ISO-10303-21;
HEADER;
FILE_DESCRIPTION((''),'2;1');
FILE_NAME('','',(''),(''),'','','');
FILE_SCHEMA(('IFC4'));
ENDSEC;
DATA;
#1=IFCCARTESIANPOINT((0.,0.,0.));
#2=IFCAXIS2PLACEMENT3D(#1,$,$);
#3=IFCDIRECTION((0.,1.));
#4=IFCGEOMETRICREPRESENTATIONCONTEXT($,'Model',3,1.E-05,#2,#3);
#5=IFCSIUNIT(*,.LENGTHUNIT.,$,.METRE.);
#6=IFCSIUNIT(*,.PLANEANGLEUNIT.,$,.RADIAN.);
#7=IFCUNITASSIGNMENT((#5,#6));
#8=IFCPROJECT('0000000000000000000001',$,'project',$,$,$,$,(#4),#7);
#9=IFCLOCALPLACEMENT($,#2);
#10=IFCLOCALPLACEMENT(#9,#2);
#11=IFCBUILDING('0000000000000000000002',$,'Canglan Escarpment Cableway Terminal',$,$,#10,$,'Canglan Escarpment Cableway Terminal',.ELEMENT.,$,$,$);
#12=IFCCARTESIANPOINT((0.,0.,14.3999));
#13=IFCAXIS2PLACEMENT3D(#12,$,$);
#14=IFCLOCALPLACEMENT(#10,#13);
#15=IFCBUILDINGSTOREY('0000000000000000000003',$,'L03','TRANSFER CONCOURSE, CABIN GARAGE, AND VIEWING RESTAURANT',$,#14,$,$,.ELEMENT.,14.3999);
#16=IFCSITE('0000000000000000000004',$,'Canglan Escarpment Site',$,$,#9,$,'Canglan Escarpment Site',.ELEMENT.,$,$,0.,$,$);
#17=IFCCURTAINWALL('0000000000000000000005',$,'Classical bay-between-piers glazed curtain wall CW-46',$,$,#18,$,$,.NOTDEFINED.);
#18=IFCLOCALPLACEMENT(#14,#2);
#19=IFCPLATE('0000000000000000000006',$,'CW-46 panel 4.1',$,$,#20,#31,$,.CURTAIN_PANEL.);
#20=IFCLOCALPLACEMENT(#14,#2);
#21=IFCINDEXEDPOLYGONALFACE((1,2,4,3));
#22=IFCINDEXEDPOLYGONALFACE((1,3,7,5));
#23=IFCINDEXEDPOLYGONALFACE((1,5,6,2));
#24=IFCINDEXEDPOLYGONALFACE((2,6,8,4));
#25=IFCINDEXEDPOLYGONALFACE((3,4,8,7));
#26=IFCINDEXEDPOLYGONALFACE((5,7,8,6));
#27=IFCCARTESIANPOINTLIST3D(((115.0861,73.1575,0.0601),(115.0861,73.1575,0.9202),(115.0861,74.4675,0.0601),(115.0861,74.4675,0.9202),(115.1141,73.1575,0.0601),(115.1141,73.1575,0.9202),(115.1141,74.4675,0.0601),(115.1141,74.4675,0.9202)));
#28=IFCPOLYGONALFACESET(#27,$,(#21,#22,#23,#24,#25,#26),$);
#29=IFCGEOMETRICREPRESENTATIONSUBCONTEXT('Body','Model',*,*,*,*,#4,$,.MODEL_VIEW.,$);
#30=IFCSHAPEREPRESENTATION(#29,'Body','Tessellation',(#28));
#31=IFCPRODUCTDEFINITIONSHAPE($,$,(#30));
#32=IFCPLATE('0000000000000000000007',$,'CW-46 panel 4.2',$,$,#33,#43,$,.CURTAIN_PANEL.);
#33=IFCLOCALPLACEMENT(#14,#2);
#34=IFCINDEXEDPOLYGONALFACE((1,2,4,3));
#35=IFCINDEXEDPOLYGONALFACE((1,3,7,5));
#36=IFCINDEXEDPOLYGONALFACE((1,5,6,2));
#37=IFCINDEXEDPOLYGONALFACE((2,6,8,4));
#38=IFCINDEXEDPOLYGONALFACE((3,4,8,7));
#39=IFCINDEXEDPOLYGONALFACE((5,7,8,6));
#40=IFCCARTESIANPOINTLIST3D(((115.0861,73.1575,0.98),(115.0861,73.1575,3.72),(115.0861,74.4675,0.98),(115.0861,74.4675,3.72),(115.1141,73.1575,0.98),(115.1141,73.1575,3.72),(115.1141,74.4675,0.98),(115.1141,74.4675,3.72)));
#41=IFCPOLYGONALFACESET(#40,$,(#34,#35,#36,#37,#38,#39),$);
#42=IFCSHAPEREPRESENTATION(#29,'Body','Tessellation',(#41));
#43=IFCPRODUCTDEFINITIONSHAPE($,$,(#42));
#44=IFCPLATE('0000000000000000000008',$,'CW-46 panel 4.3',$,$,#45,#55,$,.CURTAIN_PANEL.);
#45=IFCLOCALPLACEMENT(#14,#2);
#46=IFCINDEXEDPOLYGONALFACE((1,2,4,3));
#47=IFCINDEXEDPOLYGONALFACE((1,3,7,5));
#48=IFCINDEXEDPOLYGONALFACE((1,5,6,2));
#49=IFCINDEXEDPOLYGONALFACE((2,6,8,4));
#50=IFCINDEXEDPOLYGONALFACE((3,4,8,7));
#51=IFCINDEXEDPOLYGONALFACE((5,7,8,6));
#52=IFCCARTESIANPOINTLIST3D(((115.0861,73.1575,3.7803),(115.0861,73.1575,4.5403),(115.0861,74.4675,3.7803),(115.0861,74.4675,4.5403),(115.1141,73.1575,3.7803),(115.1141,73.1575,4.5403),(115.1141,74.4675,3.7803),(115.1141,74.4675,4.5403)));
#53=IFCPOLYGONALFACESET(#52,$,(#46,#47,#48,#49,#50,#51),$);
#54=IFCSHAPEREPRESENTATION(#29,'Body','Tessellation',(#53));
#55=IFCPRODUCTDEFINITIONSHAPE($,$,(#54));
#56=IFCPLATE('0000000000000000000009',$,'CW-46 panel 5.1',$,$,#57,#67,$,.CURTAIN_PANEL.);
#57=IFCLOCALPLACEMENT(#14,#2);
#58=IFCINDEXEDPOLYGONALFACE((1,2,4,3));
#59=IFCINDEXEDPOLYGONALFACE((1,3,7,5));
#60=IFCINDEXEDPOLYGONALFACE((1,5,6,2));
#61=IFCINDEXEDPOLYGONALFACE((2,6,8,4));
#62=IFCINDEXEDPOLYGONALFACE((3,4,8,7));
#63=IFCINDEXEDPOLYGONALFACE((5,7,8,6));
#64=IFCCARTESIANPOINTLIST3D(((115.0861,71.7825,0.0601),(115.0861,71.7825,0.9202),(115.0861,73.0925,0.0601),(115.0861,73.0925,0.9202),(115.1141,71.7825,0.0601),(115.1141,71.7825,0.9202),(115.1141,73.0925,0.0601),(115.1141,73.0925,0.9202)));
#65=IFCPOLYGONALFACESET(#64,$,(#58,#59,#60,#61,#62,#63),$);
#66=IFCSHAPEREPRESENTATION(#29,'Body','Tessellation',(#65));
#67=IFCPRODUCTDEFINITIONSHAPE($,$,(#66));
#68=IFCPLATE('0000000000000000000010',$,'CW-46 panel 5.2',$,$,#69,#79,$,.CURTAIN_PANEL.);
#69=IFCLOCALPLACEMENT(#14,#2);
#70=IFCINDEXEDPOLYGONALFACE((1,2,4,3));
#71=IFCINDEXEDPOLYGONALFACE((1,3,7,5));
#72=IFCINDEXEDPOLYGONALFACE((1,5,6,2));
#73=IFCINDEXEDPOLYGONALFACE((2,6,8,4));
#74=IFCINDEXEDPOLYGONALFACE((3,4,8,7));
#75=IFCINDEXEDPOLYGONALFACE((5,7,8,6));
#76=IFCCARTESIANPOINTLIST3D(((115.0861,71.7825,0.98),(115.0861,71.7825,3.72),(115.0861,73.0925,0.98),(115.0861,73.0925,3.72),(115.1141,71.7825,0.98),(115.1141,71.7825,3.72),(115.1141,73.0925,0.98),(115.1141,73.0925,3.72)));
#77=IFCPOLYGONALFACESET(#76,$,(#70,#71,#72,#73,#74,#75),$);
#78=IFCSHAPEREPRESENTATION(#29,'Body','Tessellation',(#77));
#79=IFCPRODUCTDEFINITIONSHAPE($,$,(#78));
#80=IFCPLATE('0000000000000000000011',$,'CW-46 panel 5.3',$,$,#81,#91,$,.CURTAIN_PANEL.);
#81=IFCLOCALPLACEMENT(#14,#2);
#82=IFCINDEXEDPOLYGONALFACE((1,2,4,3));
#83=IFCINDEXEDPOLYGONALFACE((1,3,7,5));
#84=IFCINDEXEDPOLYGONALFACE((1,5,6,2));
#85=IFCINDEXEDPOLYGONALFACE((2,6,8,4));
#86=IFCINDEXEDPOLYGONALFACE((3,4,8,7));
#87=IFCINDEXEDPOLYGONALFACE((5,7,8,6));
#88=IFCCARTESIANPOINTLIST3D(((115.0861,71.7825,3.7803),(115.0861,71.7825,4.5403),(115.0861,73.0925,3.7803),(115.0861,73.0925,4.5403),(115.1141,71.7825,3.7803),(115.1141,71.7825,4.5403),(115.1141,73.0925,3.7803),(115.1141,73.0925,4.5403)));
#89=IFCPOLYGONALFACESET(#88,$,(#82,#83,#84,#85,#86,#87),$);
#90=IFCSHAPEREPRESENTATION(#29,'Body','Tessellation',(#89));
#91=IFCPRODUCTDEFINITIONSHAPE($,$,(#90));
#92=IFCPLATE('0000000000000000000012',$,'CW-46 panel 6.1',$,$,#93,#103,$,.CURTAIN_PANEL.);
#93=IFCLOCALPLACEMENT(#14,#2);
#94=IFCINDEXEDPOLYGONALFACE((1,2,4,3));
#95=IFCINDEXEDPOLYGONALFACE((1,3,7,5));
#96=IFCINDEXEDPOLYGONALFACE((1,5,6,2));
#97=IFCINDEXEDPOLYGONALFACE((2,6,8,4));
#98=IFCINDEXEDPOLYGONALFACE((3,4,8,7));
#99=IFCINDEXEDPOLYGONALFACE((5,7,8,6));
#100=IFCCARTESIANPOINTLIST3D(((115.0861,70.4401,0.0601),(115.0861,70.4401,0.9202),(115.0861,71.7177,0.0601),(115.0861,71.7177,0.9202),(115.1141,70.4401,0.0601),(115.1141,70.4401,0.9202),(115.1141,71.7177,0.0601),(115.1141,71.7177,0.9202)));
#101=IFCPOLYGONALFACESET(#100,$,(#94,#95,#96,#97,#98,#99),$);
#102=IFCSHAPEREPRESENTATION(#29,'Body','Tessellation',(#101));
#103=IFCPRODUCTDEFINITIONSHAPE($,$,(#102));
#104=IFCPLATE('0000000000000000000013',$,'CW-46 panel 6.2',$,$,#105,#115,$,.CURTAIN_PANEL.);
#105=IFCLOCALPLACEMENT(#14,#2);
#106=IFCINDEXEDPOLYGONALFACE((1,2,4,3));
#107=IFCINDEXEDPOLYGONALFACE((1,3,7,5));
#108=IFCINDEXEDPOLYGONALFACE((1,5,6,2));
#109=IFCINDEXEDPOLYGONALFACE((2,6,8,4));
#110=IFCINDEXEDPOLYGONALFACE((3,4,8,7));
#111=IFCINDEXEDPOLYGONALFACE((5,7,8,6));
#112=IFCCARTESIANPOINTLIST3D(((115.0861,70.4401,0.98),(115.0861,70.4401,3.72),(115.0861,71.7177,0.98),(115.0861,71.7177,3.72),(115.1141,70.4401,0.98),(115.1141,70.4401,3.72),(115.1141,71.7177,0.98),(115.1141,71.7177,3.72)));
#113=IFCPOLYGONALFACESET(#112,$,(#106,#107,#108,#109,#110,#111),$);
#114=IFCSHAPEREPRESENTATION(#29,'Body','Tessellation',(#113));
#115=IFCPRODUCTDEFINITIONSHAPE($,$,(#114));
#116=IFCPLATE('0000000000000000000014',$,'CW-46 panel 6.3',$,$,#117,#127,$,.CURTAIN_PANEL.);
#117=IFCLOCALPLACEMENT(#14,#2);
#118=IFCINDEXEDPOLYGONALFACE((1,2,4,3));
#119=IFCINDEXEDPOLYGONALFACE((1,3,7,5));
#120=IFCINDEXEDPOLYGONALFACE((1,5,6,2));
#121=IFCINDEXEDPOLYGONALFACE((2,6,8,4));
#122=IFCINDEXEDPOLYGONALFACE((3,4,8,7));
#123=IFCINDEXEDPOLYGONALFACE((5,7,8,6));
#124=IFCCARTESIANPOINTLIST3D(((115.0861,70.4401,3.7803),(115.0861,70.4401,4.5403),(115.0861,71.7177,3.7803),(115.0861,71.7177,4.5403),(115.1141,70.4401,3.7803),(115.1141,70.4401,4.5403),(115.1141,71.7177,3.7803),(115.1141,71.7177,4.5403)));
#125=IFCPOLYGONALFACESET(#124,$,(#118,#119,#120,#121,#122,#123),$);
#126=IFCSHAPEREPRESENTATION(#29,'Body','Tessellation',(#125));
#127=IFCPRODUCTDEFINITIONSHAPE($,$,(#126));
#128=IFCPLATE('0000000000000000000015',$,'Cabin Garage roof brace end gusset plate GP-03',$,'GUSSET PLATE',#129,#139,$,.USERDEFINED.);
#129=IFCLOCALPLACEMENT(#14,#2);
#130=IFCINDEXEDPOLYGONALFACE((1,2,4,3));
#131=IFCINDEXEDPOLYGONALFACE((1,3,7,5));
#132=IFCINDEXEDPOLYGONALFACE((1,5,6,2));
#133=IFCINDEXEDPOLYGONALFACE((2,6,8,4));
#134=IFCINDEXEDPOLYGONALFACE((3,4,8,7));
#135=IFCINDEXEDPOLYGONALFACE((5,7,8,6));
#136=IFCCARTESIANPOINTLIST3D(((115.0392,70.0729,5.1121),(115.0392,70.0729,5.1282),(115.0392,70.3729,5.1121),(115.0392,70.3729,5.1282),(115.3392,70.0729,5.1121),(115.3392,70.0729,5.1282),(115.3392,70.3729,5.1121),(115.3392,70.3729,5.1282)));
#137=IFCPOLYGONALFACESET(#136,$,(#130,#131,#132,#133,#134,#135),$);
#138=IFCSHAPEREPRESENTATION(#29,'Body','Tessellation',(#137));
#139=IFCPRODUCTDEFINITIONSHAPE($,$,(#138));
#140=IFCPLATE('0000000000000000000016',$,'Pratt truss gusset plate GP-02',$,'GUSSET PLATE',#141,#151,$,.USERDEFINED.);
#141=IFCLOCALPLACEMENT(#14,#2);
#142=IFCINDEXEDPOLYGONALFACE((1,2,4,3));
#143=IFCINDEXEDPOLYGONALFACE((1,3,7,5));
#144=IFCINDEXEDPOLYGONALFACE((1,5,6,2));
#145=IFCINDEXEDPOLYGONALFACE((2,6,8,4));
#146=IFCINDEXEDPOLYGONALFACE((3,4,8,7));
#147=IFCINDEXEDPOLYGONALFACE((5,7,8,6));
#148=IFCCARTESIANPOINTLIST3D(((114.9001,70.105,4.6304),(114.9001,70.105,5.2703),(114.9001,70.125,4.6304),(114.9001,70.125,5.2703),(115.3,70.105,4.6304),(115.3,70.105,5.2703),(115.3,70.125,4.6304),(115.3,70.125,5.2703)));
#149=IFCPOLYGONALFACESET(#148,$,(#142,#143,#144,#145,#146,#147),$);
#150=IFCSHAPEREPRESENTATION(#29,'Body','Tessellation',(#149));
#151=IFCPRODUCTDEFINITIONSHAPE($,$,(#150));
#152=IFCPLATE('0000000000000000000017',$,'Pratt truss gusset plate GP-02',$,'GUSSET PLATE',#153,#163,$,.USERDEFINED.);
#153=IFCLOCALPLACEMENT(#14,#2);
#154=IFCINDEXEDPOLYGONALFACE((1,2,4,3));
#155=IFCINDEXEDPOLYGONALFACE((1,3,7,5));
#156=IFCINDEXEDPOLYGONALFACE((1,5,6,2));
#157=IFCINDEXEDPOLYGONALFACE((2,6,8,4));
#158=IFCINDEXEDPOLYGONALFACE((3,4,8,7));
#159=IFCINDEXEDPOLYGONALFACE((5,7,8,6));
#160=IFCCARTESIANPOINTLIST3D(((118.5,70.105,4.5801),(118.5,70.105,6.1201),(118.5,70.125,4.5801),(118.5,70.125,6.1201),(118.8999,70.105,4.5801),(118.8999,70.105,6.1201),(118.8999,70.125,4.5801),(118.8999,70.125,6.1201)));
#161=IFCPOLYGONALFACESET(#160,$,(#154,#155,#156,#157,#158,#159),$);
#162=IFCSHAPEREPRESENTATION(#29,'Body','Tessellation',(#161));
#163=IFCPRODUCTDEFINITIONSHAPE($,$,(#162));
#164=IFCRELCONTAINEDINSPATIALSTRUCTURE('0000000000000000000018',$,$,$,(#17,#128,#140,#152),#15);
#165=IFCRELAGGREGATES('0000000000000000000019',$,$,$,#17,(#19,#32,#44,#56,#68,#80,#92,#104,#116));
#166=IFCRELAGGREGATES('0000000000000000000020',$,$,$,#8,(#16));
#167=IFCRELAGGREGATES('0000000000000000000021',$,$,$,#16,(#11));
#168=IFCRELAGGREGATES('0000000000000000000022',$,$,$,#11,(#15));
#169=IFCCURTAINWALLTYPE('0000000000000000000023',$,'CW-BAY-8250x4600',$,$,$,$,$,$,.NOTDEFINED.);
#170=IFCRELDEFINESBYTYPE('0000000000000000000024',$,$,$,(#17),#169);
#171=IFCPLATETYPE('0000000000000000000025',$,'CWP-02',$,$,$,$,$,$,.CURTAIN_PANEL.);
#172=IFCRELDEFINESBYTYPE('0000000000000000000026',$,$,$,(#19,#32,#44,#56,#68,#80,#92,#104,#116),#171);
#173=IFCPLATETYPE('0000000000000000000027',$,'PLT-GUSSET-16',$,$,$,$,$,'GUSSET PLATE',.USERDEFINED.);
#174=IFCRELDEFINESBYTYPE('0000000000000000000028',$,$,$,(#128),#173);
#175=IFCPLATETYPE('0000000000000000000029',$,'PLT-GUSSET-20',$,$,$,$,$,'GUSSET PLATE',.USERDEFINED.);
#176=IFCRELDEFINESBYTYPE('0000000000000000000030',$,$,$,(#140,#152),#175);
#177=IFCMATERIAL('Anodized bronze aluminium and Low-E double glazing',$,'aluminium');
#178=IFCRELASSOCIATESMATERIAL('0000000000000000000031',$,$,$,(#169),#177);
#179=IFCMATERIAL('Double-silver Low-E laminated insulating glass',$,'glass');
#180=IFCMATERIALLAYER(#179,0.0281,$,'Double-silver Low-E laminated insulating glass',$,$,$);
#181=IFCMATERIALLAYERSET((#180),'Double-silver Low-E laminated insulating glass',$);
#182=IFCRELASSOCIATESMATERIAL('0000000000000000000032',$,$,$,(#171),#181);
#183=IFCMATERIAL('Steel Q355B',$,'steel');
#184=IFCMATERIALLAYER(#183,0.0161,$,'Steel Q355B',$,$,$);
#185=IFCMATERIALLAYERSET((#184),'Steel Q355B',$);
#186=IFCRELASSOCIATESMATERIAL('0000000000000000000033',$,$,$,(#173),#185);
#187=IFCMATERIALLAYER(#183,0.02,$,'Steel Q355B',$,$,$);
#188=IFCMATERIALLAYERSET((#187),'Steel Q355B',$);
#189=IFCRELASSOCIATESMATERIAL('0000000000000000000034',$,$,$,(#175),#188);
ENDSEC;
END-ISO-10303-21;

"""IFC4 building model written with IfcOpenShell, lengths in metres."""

from ifc_helpers import new_model, si_unit, direction, frame, origin, origin_2d, place, context, subcontext, project, spatial, rectangle, extrude, material, layer, layer_set, type_object, element, aggregate, save


model = new_model("IFC4")

# Units and contexts
model_context = context("Model", 3, precision=1e-05, world=origin(), true_north=direction((0.0, 1.0)))
body_context = subcontext(model_context, "Body", "Model", "MODEL_VIEW")
ifc_project = project(units=[si_unit("LENGTHUNIT", "METRE"), si_unit("PLANEANGLEUNIT", "RADIAN")], contexts=[model_context])

# Site, building, storey
site_placement = place(None, origin())
site = spatial("IfcSite", under=ifc_project, at=site_placement, Name="Canglan Escarpment Site", LongName="Canglan Escarpment Site", CompositionType="ELEMENT", RefElevation=0.0)
building_placement = place(site_placement, origin())
building = spatial("IfcBuilding", under=site, at=building_placement, Name="Canglan Escarpment Cableway Terminal", LongName="Canglan Escarpment Cableway Terminal", CompositionType="ELEMENT")
storey_placement = place(building_placement, frame((0.0, 0.0, 14.3999)))
storey = spatial("IfcBuildingStorey", under=building, at=storey_placement, Name="L03", Description="TRANSFER CONCOURSE, CABIN GARAGE, AND VIEWING RESTAURANT", CompositionType="ELEMENT", Elevation=14.3999)

# Curtain wall
ifc_material_1 = material(Name="Anodized bronze aluminium and Low-E double glazing", Category="aluminium")
curtain_wall_type = type_object("IfcCurtainWallType", Name="CW-BAY-8250x4600", PredefinedType="NOTDEFINED", material=ifc_material_1)
curtain_wall_placement = place(storey_placement, origin())
curtain_wall = element("IfcCurtainWall", 1, at=curtain_wall_placement, inside=storey, type_object=curtain_wall_type, Name="Classical bay-between-piers glazed curtain wall CW-46", PredefinedType="NOTDEFINED")

# Shared definitions
ifc_material_2 = material(Name="Steel Q355B", Category="steel")

# Plates
ifc_material_3 = material(Name="Double-silver Low-E laminated insulating glass", Category="glass")
ifc_layer_1 = layer(ifc_material_3, 0.0281, Name="Double-silver Low-E laminated insulating glass")
ifc_layer_set_1 = layer_set([ifc_layer_1], Name="Double-silver Low-E laminated insulating glass")
plate_type_1 = type_object("IfcPlateType", Name="CWP-02", PredefinedType="CURTAIN_PANEL", material=ifc_layer_set_1)
plate_1_placement = place(storey_placement, frame((115.1001, 73.8125, 0.0601), z_axis=(0.0, 0.0, 1.0), x_axis=(0.0, -1.0, 0.0)))
plate_1 = element("IfcPlate", 2, at=plate_1_placement, type_object=plate_type_1, Name="CW-46 panel 4.1", PredefinedType="CURTAIN_PANEL", context=body_context, shape_type="SweptSolid", body=[
    extrude(rectangle(XDim=1.3101, YDim=0.0281, at=origin_2d()), origin(), (0.0, 0.0, 1.0), 0.8601),
])
plate_2_placement = place(storey_placement, frame((115.1001, 73.8125, 0.98), z_axis=(0.0, 0.0, 1.0), x_axis=(0.0, -1.0, 0.0)))
plate_2 = element("IfcPlate", 3, at=plate_2_placement, type_object=plate_type_1, Name="CW-46 panel 4.2", PredefinedType="CURTAIN_PANEL", context=body_context, shape_type="SweptSolid", body=[
    extrude(rectangle(XDim=1.3101, YDim=0.0281, at=origin_2d()), origin(), (0.0, 0.0, 1.0), 2.74),
])
plate_3_placement = place(storey_placement, frame((115.1001, 73.8125, 3.7803), z_axis=(0.0, 0.0, 1.0), x_axis=(0.0, -1.0, 0.0)))
plate_3 = element("IfcPlate", 4, at=plate_3_placement, type_object=plate_type_1, Name="CW-46 panel 4.3", PredefinedType="CURTAIN_PANEL", context=body_context, shape_type="SweptSolid", body=[
    extrude(rectangle(XDim=1.3101, YDim=0.0281, at=origin_2d()), origin(), (0.0, 0.0, 1.0), 0.76),
])
plate_4_placement = place(storey_placement, frame((115.1001, 72.4375, 0.0601), z_axis=(0.0, 0.0, 1.0), x_axis=(0.0, -1.0, 0.0)))
plate_4 = element("IfcPlate", 5, at=plate_4_placement, type_object=plate_type_1, Name="CW-46 panel 5.1", PredefinedType="CURTAIN_PANEL", context=body_context, shape_type="SweptSolid", body=[
    extrude(rectangle(XDim=1.3101, YDim=0.0281, at=origin_2d()), origin(), (0.0, 0.0, 1.0), 0.8601),
])
plate_5_placement = place(storey_placement, frame((115.1001, 72.4375, 0.98), z_axis=(0.0, 0.0, 1.0), x_axis=(0.0, -1.0, 0.0)))
plate_5 = element("IfcPlate", 6, at=plate_5_placement, type_object=plate_type_1, Name="CW-46 panel 5.2", PredefinedType="CURTAIN_PANEL", context=body_context, shape_type="SweptSolid", body=[
    extrude(rectangle(XDim=1.3101, YDim=0.0281, at=origin_2d()), origin(), (0.0, 0.0, 1.0), 2.74),
])
plate_6_placement = place(storey_placement, frame((115.1001, 72.4375, 3.7803), z_axis=(0.0, 0.0, 1.0), x_axis=(0.0, -1.0, 0.0)))
plate_6 = element("IfcPlate", 7, at=plate_6_placement, type_object=plate_type_1, Name="CW-46 panel 5.3", PredefinedType="CURTAIN_PANEL", context=body_context, shape_type="SweptSolid", body=[
    extrude(rectangle(XDim=1.3101, YDim=0.0281, at=origin_2d()), origin(), (0.0, 0.0, 1.0), 0.76),
])
plate_7_placement = place(storey_placement, frame((115.1001, 71.0789, 0.0601), z_axis=(0.0, 0.0, 1.0), x_axis=(0.0, -1.0, 0.0)))
plate_7 = element("IfcPlate", 8, at=plate_7_placement, type_object=plate_type_1, Name="CW-46 panel 6.1", PredefinedType="CURTAIN_PANEL", context=body_context, shape_type="SweptSolid", body=[
    extrude(rectangle(XDim=1.2776, YDim=0.0281, at=origin_2d()), origin(), (0.0, 0.0, 1.0), 0.8601),
])
plate_8_placement = place(storey_placement, frame((115.1001, 71.0789, 0.98), z_axis=(0.0, 0.0, 1.0), x_axis=(0.0, -1.0, 0.0)))
plate_8 = element("IfcPlate", 9, at=plate_8_placement, type_object=plate_type_1, Name="CW-46 panel 6.2", PredefinedType="CURTAIN_PANEL", context=body_context, shape_type="SweptSolid", body=[
    extrude(rectangle(XDim=1.2776, YDim=0.0281, at=origin_2d()), origin(), (0.0, 0.0, 1.0), 2.74),
])
plate_9_placement = place(storey_placement, frame((115.1001, 71.0789, 3.7803), z_axis=(0.0, 0.0, 1.0), x_axis=(0.0, -1.0, 0.0)))
plate_9 = element("IfcPlate", 10, at=plate_9_placement, type_object=plate_type_1, Name="CW-46 panel 6.3", PredefinedType="CURTAIN_PANEL", context=body_context, shape_type="SweptSolid", body=[
    extrude(rectangle(XDim=1.2776, YDim=0.0281, at=origin_2d()), origin(), (0.0, 0.0, 1.0), 0.76),
])
aggregate(curtain_wall, [plate_1, plate_2, plate_3, plate_4, plate_5, plate_6, plate_7, plate_8, plate_9])

# Plates
ifc_layer_2 = layer(ifc_material_2, 0.0161, Name="Steel Q355B")
ifc_layer_set_2 = layer_set([ifc_layer_2], Name="Steel Q355B")
plate_type_2 = type_object("IfcPlateType", Name="PLT-GUSSET-16", ElementType="GUSSET PLATE", PredefinedType="USERDEFINED", material=ifc_layer_set_2)
plate_10_placement = place(storey_placement, frame((115.1892, 70.2229, 5.1121), z_axis=(0.0, 0.0, 1.0), x_axis=(1.0, 0.0, 0.0)))
element("IfcPlate", 11, at=plate_10_placement, inside=storey, type_object=plate_type_2, Name="Cabin Garage roof brace end gusset plate GP-03", ObjectType="GUSSET PLATE", PredefinedType="USERDEFINED", context=body_context, shape_type="SweptSolid", body=[
    extrude(rectangle(XDim=0.3, YDim=0.3, at=origin_2d()), origin(), (0.0, 0.0, 1.0), 0.0161),
])
ifc_layer_3 = layer(ifc_material_2, 0.02, Name="Steel Q355B")
ifc_layer_set_3 = layer_set([ifc_layer_3], Name="Steel Q355B")
plate_type_3 = type_object("IfcPlateType", Name="PLT-GUSSET-20", ElementType="GUSSET PLATE", PredefinedType="USERDEFINED", material=ifc_layer_set_3)
plate_11_placement = place(storey_placement, frame((115.1001, 70.115, 4.6304), z_axis=(0.0, 0.0, 1.0), x_axis=(1.0, 0.0, 0.0)))
element("IfcPlate", 12, at=plate_11_placement, inside=storey, type_object=plate_type_3, Name="Pratt truss gusset plate GP-02", ObjectType="GUSSET PLATE", PredefinedType="USERDEFINED", context=body_context, shape_type="SweptSolid", body=[
    extrude(rectangle(XDim=0.3999, YDim=0.02, at=origin_2d()), origin(), (0.0, 0.0, 1.0), 0.6399),
])
plate_12_placement = place(storey_placement, frame((118.7, 70.115, 4.5801), z_axis=(0.0, 0.0, 1.0), x_axis=(1.0, 0.0, 0.0)))
element("IfcPlate", 13, at=plate_12_placement, inside=storey, type_object=plate_type_3, Name="Pratt truss gusset plate GP-02", ObjectType="GUSSET PLATE", PredefinedType="USERDEFINED", context=body_context, shape_type="SweptSolid", body=[
    extrude(rectangle(XDim=0.3999, YDim=0.02, at=origin_2d()), origin(), (0.0, 0.0, 1.0), 1.54),
])

save(model, "model.ifc")
